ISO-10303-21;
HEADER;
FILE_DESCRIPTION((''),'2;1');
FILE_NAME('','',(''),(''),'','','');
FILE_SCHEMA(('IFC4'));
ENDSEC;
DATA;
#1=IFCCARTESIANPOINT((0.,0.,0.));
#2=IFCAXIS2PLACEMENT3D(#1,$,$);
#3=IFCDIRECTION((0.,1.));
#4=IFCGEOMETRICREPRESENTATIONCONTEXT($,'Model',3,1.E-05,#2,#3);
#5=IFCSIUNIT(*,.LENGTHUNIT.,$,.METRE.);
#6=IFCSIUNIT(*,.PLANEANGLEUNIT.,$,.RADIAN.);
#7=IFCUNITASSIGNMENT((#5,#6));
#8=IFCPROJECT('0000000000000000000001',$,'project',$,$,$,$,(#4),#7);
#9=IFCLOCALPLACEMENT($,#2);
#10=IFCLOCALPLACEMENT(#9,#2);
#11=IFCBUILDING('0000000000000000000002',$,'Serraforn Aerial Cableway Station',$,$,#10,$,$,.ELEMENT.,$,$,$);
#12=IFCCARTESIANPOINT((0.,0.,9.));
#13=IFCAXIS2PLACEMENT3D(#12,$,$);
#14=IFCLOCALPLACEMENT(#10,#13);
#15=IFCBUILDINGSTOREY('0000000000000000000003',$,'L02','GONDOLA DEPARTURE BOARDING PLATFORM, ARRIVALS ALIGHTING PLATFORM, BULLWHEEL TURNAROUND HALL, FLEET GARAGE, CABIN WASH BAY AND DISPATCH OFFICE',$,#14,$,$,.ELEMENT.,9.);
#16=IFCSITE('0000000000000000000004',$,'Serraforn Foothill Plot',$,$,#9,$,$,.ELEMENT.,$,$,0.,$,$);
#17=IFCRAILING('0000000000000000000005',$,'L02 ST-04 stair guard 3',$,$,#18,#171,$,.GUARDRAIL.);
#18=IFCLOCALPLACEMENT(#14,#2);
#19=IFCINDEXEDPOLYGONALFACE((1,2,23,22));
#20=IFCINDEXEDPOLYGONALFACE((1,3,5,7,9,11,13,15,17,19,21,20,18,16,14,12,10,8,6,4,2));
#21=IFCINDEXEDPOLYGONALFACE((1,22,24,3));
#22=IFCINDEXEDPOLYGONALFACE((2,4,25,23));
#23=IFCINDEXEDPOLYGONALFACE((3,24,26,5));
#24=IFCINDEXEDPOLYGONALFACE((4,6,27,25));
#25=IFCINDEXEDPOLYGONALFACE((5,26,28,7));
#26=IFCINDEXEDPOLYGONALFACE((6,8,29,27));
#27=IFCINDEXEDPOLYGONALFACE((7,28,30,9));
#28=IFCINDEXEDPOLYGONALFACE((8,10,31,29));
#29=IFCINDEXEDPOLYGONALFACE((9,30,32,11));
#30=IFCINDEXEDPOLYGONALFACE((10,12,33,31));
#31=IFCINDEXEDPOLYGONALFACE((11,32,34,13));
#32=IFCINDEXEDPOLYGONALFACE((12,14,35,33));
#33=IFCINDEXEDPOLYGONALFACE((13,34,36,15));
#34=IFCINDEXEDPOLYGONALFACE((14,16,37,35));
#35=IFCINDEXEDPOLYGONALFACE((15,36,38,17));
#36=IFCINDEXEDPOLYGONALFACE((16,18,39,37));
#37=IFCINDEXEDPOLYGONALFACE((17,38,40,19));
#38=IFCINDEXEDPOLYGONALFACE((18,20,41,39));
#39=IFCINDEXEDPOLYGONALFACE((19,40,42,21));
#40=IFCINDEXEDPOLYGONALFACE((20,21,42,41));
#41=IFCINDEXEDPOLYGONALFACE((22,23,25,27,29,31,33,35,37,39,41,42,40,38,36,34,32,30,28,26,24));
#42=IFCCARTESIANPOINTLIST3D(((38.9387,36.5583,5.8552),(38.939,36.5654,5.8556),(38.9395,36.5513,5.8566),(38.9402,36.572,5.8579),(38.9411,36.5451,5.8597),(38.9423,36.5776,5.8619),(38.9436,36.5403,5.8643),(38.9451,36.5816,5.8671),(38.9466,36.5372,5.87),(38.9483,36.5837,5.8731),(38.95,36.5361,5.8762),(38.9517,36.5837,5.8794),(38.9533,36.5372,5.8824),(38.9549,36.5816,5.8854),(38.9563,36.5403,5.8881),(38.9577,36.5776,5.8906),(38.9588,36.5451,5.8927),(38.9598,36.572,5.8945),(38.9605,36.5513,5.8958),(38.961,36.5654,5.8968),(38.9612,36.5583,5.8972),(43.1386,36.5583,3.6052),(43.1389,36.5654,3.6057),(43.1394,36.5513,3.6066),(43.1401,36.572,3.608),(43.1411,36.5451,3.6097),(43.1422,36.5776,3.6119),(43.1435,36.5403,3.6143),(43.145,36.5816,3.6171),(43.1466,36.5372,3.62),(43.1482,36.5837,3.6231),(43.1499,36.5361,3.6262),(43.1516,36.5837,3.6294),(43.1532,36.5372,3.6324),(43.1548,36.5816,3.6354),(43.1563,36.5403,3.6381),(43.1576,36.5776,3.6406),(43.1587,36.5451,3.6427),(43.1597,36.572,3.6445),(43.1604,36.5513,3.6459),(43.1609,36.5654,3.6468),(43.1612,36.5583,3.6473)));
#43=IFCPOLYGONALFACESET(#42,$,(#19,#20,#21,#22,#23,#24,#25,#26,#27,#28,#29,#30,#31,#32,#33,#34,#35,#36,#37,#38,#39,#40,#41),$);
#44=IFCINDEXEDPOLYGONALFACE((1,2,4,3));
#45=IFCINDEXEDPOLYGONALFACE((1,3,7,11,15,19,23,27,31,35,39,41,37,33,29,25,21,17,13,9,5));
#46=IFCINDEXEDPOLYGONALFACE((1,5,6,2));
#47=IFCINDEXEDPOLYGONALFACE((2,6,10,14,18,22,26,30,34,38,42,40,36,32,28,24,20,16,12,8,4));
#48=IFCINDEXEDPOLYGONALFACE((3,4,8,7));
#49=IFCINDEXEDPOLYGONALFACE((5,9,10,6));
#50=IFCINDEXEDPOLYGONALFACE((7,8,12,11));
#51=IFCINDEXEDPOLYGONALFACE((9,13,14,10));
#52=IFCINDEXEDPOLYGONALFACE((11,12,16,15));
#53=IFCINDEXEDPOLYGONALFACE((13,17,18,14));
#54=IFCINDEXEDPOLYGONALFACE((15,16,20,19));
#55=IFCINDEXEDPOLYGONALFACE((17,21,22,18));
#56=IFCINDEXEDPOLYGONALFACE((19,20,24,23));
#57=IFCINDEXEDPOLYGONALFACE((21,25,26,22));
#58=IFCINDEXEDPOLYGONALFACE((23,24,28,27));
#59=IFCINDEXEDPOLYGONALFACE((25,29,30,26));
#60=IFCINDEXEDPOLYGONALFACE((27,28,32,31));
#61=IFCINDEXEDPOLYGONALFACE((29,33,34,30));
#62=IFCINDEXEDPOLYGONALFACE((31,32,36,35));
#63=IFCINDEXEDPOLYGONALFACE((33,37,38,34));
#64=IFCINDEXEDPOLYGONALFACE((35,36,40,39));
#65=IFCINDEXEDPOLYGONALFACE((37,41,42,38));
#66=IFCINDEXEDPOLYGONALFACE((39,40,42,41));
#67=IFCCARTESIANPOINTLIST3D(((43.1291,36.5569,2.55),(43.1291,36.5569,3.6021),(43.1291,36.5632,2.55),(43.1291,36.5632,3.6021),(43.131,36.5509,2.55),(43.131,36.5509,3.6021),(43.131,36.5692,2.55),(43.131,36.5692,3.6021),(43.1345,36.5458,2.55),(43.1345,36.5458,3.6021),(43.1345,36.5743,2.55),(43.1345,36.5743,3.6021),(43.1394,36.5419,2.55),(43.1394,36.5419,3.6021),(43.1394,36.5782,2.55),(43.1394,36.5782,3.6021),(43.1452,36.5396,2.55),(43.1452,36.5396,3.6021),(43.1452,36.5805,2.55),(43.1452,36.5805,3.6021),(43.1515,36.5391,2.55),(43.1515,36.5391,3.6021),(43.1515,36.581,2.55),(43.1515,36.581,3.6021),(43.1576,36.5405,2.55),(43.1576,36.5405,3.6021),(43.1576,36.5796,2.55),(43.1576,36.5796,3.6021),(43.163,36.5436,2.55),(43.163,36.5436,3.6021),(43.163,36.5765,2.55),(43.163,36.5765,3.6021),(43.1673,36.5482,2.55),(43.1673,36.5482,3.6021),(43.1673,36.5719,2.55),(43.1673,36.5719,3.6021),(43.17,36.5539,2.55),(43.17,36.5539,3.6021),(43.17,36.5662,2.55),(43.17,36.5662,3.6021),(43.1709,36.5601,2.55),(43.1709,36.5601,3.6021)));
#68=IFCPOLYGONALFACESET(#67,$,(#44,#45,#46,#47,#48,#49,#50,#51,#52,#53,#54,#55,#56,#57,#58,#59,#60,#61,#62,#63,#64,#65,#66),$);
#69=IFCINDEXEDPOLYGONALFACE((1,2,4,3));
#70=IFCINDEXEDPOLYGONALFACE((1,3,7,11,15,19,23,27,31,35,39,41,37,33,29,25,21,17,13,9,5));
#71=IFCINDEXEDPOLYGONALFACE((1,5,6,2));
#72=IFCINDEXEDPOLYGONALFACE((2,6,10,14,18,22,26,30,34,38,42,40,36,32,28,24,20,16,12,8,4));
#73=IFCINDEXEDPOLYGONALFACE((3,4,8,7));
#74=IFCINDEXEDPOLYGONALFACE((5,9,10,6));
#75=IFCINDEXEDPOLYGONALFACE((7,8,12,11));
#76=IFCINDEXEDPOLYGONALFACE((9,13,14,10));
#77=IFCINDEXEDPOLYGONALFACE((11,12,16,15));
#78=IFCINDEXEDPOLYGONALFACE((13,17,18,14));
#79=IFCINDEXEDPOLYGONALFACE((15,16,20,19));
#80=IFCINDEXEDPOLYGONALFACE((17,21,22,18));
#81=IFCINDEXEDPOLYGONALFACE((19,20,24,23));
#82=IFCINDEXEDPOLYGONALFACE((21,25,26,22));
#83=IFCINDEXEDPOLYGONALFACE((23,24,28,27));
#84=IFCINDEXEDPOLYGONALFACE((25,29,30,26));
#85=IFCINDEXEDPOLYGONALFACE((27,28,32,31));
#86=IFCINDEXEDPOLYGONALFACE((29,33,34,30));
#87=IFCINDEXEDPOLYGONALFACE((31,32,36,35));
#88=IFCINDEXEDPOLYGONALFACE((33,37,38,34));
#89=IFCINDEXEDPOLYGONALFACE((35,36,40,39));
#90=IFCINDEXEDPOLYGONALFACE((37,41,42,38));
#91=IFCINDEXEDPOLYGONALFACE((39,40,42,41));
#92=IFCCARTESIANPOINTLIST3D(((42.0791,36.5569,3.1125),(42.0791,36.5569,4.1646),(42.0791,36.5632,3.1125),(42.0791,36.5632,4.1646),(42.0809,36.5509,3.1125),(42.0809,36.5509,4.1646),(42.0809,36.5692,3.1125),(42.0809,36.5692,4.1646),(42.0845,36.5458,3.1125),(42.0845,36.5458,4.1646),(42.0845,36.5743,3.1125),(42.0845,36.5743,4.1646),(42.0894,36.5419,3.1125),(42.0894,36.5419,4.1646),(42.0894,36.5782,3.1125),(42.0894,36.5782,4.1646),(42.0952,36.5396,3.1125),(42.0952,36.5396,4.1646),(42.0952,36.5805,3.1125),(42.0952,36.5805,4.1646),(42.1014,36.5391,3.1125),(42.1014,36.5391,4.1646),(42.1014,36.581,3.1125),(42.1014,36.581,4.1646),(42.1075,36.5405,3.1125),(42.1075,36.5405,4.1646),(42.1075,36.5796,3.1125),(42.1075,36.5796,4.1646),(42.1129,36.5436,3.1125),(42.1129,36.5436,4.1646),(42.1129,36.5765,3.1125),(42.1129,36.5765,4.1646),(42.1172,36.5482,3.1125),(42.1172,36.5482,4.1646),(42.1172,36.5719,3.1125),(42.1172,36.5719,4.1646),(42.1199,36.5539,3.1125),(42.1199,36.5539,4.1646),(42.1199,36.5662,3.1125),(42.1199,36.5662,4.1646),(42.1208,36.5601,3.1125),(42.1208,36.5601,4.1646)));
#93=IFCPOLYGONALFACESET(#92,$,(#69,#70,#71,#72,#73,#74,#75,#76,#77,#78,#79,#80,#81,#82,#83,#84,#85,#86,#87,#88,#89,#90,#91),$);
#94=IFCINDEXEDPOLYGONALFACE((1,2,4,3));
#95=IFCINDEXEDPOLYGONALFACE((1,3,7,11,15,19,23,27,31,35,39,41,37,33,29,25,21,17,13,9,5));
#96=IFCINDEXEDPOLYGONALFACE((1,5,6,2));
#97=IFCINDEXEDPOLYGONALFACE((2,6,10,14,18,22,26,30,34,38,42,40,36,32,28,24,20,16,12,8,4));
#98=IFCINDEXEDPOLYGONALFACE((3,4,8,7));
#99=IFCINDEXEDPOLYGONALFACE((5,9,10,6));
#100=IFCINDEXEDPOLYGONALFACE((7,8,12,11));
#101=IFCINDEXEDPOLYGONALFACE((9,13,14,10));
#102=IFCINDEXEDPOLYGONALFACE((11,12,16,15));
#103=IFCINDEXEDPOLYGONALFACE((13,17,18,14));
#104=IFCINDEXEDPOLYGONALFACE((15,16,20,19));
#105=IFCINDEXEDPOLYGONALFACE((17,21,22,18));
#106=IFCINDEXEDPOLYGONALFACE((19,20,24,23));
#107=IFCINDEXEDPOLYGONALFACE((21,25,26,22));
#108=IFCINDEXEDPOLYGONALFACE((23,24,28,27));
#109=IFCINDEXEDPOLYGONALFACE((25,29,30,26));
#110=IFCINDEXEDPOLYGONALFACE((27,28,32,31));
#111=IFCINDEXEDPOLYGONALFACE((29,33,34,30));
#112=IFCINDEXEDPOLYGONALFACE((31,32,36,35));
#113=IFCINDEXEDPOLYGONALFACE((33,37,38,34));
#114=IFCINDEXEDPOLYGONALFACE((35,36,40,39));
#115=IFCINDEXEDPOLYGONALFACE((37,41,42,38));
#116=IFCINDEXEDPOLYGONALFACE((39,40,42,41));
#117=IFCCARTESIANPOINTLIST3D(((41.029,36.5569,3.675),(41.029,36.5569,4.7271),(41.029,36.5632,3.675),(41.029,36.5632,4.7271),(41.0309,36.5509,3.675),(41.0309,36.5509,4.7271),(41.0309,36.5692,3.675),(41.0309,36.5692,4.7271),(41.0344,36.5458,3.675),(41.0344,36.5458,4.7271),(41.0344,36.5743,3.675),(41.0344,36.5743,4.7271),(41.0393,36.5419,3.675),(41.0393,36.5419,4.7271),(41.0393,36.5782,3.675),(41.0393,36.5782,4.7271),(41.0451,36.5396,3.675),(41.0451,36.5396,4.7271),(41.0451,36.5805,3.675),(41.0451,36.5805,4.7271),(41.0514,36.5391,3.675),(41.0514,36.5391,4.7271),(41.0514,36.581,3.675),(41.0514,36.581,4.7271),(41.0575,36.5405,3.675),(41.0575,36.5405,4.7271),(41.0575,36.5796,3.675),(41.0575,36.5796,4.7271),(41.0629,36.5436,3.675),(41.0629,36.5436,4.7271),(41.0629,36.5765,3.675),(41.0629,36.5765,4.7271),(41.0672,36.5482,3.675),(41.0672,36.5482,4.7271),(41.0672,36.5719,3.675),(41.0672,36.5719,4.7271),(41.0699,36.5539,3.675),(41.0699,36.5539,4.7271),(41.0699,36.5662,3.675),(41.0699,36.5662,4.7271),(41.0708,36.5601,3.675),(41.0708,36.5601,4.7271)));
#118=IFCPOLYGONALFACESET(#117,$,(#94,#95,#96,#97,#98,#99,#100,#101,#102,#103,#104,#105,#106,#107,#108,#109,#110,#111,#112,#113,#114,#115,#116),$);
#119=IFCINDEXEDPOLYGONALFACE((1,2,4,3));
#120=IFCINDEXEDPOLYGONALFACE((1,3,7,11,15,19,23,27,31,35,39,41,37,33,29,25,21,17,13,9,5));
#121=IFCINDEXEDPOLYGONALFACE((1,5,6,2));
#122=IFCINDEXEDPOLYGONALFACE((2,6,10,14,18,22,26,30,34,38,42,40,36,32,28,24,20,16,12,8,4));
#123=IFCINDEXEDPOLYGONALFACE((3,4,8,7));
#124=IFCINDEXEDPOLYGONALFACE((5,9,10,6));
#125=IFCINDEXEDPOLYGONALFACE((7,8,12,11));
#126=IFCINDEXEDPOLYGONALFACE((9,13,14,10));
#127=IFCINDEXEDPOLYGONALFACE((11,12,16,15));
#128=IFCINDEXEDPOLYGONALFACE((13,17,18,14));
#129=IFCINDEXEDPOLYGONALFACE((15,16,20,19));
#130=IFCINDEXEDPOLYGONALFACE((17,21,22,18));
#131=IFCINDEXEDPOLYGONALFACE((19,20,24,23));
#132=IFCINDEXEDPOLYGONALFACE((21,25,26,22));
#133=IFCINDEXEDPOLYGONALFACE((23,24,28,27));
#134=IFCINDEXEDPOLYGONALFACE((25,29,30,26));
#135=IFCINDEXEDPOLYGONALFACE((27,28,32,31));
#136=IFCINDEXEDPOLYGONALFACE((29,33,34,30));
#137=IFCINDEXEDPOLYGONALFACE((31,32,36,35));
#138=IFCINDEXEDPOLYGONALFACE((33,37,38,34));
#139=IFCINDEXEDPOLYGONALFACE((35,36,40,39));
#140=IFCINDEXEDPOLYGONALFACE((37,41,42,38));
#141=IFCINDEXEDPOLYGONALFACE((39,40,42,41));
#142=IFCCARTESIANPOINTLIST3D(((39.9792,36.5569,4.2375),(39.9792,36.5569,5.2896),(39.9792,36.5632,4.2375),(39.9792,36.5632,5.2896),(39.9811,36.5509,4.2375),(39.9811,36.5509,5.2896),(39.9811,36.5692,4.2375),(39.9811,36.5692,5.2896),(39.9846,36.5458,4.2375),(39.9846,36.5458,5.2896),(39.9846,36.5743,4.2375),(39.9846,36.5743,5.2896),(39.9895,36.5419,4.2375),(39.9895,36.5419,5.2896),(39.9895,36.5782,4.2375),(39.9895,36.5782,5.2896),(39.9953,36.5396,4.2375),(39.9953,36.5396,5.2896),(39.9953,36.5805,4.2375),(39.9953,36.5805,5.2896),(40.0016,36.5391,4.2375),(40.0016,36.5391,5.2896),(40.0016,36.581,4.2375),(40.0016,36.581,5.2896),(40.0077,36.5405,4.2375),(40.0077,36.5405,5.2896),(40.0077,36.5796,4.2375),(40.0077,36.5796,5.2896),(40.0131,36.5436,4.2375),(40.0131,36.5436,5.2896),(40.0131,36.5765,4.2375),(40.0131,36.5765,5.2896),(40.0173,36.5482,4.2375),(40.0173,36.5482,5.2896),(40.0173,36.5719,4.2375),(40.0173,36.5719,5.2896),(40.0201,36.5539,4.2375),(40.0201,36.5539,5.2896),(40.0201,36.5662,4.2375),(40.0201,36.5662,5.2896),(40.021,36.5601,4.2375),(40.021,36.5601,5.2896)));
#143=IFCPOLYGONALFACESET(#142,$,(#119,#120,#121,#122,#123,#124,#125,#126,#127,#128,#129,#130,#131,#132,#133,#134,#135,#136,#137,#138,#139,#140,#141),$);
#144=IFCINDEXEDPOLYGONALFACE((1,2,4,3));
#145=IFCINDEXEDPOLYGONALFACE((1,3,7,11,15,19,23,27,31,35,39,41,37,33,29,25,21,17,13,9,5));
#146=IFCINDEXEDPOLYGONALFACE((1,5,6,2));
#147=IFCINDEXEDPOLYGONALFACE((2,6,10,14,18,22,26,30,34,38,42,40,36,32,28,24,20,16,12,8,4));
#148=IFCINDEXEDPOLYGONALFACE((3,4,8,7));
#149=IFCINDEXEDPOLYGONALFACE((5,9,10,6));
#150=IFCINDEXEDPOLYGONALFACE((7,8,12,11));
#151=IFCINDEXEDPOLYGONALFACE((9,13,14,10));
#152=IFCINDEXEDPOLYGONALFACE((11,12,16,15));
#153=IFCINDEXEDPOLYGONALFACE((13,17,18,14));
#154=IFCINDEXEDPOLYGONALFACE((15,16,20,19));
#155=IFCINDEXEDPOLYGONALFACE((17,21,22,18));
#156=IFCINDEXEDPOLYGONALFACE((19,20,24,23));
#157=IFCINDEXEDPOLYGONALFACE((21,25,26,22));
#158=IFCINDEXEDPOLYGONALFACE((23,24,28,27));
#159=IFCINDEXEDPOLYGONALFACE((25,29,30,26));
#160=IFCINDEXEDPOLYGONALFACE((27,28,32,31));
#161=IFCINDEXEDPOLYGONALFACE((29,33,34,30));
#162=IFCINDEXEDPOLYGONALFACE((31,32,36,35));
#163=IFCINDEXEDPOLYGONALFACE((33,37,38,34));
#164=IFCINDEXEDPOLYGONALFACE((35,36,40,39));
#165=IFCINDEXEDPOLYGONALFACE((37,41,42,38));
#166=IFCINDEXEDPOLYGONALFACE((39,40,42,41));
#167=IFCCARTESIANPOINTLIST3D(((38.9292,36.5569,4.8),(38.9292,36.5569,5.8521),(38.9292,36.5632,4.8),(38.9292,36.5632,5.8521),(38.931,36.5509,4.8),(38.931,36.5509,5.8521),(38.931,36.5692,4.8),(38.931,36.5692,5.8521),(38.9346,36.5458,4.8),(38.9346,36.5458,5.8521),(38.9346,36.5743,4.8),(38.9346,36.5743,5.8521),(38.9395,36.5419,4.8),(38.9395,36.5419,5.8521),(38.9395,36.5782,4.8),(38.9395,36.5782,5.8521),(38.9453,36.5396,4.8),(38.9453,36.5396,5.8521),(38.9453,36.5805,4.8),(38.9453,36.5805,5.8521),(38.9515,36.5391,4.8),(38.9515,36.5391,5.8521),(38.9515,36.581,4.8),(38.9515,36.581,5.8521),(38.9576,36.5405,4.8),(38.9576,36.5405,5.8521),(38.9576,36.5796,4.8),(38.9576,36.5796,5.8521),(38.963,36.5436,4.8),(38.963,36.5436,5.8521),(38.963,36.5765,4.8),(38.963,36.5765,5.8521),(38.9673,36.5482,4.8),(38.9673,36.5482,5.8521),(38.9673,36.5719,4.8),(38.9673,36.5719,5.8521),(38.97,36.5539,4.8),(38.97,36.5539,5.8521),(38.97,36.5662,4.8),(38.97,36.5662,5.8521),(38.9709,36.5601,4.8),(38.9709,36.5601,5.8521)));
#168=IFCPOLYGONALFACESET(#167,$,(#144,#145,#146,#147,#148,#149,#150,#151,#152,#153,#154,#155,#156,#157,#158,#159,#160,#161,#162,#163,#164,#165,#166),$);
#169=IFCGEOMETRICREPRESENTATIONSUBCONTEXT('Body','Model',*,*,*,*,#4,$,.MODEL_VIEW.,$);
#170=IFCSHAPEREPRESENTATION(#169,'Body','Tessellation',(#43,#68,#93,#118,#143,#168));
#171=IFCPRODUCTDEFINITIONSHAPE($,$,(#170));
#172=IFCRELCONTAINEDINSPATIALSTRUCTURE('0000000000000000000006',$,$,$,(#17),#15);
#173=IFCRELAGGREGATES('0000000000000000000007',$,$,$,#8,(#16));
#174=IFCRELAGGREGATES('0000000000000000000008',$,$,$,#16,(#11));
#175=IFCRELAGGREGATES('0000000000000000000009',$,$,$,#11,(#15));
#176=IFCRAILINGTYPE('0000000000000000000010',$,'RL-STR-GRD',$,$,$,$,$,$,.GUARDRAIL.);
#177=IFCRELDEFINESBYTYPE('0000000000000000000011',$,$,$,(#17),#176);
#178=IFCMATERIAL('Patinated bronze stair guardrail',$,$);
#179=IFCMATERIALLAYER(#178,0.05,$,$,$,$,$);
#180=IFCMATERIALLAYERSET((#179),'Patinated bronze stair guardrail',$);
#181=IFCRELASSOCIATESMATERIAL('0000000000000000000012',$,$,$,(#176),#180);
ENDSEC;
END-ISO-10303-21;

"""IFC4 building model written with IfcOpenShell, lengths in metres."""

from ifc_helpers import new_model, si_unit, direction, frame, origin, origin_2d, place, context, subcontext, project, spatial, circle, extrude, material, layer, layer_set, type_object, element, save


model = new_model("IFC4")

# Units and contexts
model_context = context("Model", 3, precision=1e-05, world=origin(), true_north=direction((0.0, 1.0)))
body_context = subcontext(model_context, "Body", "Model", "MODEL_VIEW")
ifc_project = project(units=[si_unit("LENGTHUNIT", "METRE"), si_unit("PLANEANGLEUNIT", "RADIAN")], contexts=[model_context])

# Site, building, storey
site_placement = place(None, origin())
site = spatial("IfcSite", under=ifc_project, at=site_placement, Name="Serraforn Foothill Plot", CompositionType="ELEMENT", RefElevation=0.0)
building_placement = place(site_placement, origin())
building = spatial("IfcBuilding", under=site, at=building_placement, Name="Serraforn Aerial Cableway Station", CompositionType="ELEMENT")
storey_placement = place(building_placement, frame((0.0, 0.0, 9.0)))
storey = spatial("IfcBuildingStorey", under=building, at=storey_placement, Name="L02", Description="GONDOLA DEPARTURE BOARDING PLATFORM, ARRIVALS ALIGHTING PLATFORM, BULLWHEEL TURNAROUND HALL, FLEET GARAGE, CABIN WASH BAY AND DISPATCH OFFICE", CompositionType="ELEMENT", Elevation=9.0)

# Railing
ifc_material_1 = material(Name="Patinated bronze stair guardrail")
ifc_layer_1 = layer(ifc_material_1, 0.05)
ifc_layer_set_1 = layer_set([ifc_layer_1], Name="Patinated bronze stair guardrail")
railing_type_1 = type_object("IfcRailingType", Name="RL-STR-GRD", PredefinedType="GUARDRAIL", material=ifc_layer_set_1)
railing_1_placement = place(storey_placement, frame((43.1499, 36.5601, 2.55)))
element("IfcRailing", 1, at=railing_1_placement, inside=storey, type_object=railing_type_1, Name="L02 ST-04 stair guard 3", PredefinedType="GUARDRAIL", context=body_context, shape_type="SweptSolid", body=[
    extrude(circle(Radius=0.0239, at=origin_2d()), frame((0.0, 0.0, 1.0762), z_axis=(-0.881478, 0.0, 0.472226), x_axis=(0.0, -1.0, 0.0)), (0.0, 0.0, 1.0), 4.7646),
    extrude(circle(Radius=0.021, at=origin_2d()), origin(), (0.0, 0.0, 1.0), 1.052),
    extrude(circle(Radius=0.021, at=origin_2d()), frame((-1.05, 0.0, 0.5625)), (0.0, 0.0, 1.0), 1.052),
    extrude(circle(Radius=0.021, at=origin_2d()), frame((-2.1001, 0.0, 1.125)), (0.0, 0.0, 1.0), 1.052),
    extrude(circle(Radius=0.021, at=origin_2d()), frame((-3.1499, 0.0, 1.6875)), (0.0, 0.0, 1.0), 1.052),
    extrude(circle(Radius=0.021, at=origin_2d()), frame((-4.2, 0.0, 2.25)), (0.0, 0.0, 1.0), 1.052),
])

save(model, "model.ifc")
